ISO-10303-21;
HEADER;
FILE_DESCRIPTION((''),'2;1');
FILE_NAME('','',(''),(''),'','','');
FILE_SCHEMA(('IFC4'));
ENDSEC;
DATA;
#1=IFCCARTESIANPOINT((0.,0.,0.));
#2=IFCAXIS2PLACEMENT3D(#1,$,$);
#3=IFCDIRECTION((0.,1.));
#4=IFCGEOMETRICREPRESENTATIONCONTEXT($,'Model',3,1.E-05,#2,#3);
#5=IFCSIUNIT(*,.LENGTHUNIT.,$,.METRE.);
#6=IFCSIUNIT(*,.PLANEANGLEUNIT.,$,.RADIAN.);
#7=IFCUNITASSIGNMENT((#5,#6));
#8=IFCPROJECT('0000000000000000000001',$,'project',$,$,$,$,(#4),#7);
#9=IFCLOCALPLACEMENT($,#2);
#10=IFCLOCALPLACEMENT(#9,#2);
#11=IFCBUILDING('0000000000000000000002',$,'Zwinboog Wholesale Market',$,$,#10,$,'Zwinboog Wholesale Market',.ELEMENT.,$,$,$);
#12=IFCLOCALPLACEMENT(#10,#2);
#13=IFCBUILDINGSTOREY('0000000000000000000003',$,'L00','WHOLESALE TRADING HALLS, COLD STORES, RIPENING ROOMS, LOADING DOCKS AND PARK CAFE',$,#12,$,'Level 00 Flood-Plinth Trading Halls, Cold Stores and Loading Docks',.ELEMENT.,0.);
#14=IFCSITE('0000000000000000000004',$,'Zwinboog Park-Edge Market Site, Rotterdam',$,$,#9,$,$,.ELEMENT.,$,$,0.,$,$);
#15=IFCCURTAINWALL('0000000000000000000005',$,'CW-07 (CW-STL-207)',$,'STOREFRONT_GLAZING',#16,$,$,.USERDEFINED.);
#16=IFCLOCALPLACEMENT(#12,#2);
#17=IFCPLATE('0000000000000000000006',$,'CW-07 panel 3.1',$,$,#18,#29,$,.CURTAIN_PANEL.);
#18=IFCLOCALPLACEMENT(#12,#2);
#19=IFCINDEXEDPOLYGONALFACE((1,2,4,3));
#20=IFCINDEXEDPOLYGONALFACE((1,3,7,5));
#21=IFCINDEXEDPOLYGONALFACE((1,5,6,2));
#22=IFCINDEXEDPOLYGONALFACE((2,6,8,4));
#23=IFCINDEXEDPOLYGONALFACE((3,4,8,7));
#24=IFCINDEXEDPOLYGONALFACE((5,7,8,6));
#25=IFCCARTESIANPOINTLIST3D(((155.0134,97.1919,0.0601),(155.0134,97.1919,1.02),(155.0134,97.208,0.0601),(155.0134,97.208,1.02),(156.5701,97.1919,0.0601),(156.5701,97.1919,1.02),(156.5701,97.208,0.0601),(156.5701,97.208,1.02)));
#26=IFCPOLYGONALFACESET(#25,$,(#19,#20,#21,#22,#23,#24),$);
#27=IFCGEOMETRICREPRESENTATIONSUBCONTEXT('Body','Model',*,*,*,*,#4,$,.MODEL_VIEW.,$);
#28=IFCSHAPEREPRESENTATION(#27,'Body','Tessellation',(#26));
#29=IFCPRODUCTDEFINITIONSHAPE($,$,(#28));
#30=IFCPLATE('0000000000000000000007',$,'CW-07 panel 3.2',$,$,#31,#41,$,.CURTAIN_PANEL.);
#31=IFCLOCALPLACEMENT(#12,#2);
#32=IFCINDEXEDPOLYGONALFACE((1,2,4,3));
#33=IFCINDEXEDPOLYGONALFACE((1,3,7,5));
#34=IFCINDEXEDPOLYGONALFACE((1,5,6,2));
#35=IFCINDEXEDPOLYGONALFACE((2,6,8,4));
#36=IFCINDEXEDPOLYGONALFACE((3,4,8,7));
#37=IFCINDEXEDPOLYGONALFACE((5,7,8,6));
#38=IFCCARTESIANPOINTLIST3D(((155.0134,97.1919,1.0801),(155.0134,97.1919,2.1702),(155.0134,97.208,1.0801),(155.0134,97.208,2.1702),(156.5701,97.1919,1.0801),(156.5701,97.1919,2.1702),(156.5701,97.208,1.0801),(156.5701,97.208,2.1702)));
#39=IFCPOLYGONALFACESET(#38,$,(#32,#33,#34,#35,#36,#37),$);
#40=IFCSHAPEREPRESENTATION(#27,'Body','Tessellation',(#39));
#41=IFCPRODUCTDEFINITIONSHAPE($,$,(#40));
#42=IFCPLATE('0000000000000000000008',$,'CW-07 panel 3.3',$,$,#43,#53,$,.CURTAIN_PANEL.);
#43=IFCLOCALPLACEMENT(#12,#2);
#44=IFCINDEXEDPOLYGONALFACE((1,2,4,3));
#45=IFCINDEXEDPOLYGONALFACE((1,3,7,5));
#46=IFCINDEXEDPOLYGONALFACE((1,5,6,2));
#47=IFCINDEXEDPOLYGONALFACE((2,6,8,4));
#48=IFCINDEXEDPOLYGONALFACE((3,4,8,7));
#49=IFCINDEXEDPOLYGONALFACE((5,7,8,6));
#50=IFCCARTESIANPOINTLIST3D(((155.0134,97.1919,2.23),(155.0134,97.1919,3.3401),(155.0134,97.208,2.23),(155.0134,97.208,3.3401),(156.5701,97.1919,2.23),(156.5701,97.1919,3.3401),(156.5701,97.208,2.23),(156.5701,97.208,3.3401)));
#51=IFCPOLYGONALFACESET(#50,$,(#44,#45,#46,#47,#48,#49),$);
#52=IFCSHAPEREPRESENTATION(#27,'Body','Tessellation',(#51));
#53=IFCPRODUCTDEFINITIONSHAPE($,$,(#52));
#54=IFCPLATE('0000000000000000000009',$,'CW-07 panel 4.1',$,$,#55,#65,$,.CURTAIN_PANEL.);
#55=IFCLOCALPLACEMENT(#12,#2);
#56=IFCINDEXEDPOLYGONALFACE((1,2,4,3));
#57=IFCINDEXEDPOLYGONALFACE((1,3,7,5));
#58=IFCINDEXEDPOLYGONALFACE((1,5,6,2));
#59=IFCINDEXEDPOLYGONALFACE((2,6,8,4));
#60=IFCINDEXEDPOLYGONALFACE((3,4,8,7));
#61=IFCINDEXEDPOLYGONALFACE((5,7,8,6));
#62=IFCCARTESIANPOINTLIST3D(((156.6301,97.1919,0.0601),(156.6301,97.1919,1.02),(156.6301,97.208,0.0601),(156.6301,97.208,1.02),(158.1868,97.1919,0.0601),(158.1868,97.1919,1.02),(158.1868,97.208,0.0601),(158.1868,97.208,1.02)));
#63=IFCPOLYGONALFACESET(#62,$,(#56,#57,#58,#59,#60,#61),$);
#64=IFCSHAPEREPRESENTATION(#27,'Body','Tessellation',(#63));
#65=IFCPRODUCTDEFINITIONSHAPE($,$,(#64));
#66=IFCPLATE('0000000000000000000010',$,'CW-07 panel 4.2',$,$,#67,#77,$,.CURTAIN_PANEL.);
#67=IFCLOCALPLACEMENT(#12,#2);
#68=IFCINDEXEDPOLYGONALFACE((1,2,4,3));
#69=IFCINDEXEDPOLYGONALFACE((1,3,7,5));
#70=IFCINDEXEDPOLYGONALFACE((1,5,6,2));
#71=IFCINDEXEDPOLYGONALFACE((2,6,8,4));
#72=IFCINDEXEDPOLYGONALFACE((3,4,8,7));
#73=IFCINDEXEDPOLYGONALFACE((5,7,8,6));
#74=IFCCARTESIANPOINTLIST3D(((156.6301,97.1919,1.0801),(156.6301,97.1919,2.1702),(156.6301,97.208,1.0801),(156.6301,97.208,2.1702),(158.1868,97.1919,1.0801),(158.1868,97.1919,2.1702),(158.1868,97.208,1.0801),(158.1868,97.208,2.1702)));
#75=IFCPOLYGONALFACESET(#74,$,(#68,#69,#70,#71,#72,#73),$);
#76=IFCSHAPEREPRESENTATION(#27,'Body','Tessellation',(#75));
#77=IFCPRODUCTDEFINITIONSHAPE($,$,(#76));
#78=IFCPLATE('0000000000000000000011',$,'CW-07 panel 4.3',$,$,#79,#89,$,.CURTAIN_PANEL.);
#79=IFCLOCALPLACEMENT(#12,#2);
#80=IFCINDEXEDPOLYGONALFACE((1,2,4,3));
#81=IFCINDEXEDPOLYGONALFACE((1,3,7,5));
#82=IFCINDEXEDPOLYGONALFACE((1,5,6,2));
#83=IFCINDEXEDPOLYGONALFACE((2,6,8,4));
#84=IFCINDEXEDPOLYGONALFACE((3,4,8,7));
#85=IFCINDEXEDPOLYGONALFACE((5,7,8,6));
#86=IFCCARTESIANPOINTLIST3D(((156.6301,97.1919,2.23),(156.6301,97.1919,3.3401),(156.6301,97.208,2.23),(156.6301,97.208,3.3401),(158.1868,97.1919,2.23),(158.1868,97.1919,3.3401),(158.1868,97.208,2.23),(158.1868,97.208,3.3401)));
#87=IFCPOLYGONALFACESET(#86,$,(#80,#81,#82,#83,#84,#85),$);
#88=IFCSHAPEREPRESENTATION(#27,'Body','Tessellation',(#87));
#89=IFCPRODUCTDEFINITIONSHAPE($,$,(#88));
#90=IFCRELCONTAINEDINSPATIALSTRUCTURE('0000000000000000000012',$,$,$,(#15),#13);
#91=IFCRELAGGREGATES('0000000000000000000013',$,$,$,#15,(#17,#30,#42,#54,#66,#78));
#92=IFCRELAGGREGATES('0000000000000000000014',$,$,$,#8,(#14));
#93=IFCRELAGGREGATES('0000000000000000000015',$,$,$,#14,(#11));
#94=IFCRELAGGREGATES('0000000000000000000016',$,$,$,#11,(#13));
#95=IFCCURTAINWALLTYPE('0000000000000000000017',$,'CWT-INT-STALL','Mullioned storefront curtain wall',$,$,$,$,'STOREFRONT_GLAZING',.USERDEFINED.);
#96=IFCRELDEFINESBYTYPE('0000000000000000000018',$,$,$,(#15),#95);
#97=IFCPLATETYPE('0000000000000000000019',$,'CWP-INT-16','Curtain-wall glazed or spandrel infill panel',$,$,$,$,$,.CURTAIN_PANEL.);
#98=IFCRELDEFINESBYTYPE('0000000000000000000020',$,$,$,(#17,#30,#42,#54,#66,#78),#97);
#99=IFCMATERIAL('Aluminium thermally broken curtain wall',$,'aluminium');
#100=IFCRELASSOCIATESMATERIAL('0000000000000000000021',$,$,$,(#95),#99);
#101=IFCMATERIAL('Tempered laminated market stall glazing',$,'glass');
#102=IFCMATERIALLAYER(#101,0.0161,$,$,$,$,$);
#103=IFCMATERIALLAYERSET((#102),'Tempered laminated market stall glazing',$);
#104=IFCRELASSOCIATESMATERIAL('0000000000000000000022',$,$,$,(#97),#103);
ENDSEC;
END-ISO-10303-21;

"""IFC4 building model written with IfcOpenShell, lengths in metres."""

from ifc_helpers import new_model, si_unit, direction, frame, origin, origin_2d, place, context, subcontext, project, spatial, rectangle, extrude, material, layer, layer_set, type_object, element, aggregate, save


model = new_model("IFC4")

# Units and contexts
model_context = context("Model", 3, precision=1e-05, world=origin(), true_north=direction((0.0, 1.0)))
body_context = subcontext(model_context, "Body", "Model", "MODEL_VIEW")
ifc_project = project(units=[si_unit("LENGTHUNIT", "METRE"), si_unit("PLANEANGLEUNIT", "RADIAN")], contexts=[model_context])

# Site, building, storey
site_placement = place(None, origin())
site = spatial("IfcSite", under=ifc_project, at=site_placement, Name="Zwinboog Park-Edge Market Site, Rotterdam", CompositionType="ELEMENT", RefElevation=0.0)
building_placement = place(site_placement, origin())
building = spatial("IfcBuilding", under=site, at=building_placement, Name="Zwinboog Wholesale Market", LongName="Zwinboog Wholesale Market", CompositionType="ELEMENT")
storey_placement = place(building_placement, origin())
storey = spatial("IfcBuildingStorey", under=building, at=storey_placement, Name="L00", Description="WHOLESALE TRADING HALLS, COLD STORES, RIPENING ROOMS, LOADING DOCKS AND PARK CAFE", LongName="Level 00 Flood-Plinth Trading Halls, Cold Stores and Loading Docks", CompositionType="ELEMENT", Elevation=0.0)

# Curtain wall, plates
ifc_material_1 = material(Name="Aluminium thermally broken curtain wall", Category="aluminium")
curtain_wall_type = type_object("IfcCurtainWallType", Name="CWT-INT-STALL", Description="Mullioned storefront curtain wall", ElementType="STOREFRONT_GLAZING", PredefinedType="USERDEFINED", material=ifc_material_1)
curtain_wall_placement = place(storey_placement, origin())
curtain_wall = element("IfcCurtainWall", 1, at=curtain_wall_placement, inside=storey, type_object=curtain_wall_type, Name="CW-07 (CW-STL-207)", ObjectType="STOREFRONT_GLAZING", PredefinedType="USERDEFINED")
ifc_material_2 = material(Name="Tempered laminated market stall glazing", Category="glass")
ifc_layer = layer(ifc_material_2, 0.0161)
ifc_layer_set = layer_set([ifc_layer], Name="Tempered laminated market stall glazing")
plate_type = type_object("IfcPlateType", Name="CWP-INT-16", Description="Curtain-wall glazed or spandrel infill panel", PredefinedType="CURTAIN_PANEL", material=ifc_layer_set)
plate_1_placement = place(storey_placement, frame((155.7917, 97.2, 0.0601), z_axis=(0.0, 0.0, 1.0), x_axis=(1.0, 0.0, 0.0)))
plate_1 = element("IfcPlate", 2, at=plate_1_placement, type_object=plate_type, Name="CW-07 panel 3.1", PredefinedType="CURTAIN_PANEL", context=body_context, shape_type="SweptSolid", body=[
    extrude(rectangle(XDim=1.5566, YDim=0.0161, at=origin_2d()), origin(), (0.0, 0.0, 1.0), 0.96),
])
plate_2_placement = place(storey_placement, frame((155.7917, 97.2, 1.0801), z_axis=(0.0, 0.0, 1.0), x_axis=(1.0, 0.0, 0.0)))
plate_2 = element("IfcPlate", 3, at=plate_2_placement, type_object=plate_type, Name="CW-07 panel 3.2", PredefinedType="CURTAIN_PANEL", context=body_context, shape_type="SweptSolid", body=[
    extrude(rectangle(XDim=1.5566, YDim=0.0161, at=origin_2d()), origin(), (0.0, 0.0, 1.0), 1.0901),
])
plate_3_placement = place(storey_placement, frame((155.7917, 97.2, 2.23), z_axis=(0.0, 0.0, 1.0), x_axis=(1.0, 0.0, 0.0)))
plate_3 = element("IfcPlate", 4, at=plate_3_placement, type_object=plate_type, Name="CW-07 panel 3.3", PredefinedType="CURTAIN_PANEL", context=body_context, shape_type="SweptSolid", body=[
    extrude(rectangle(XDim=1.5566, YDim=0.0161, at=origin_2d()), origin(), (0.0, 0.0, 1.0), 1.1101),
])
plate_4_placement = place(storey_placement, frame((157.4084, 97.2, 0.0601), z_axis=(0.0, 0.0, 1.0), x_axis=(1.0, 0.0, 0.0)))
plate_4 = element("IfcPlate", 5, at=plate_4_placement, type_object=plate_type, Name="CW-07 panel 4.1", PredefinedType="CURTAIN_PANEL", context=body_context, shape_type="SweptSolid", body=[
    extrude(rectangle(XDim=1.5566, YDim=0.0161, at=origin_2d()), origin(), (0.0, 0.0, 1.0), 0.96),
])
plate_5_placement = place(storey_placement, frame((157.4084, 97.2, 1.0801), z_axis=(0.0, 0.0, 1.0), x_axis=(1.0, 0.0, 0.0)))
plate_5 = element("IfcPlate", 6, at=plate_5_placement, type_object=plate_type, Name="CW-07 panel 4.2", PredefinedType="CURTAIN_PANEL", context=body_context, shape_type="SweptSolid", body=[
    extrude(rectangle(XDim=1.5566, YDim=0.0161, at=origin_2d()), origin(), (0.0, 0.0, 1.0), 1.0901),
])
plate_6_placement = place(storey_placement, frame((157.4084, 97.2, 2.23), z_axis=(0.0, 0.0, 1.0), x_axis=(1.0, 0.0, 0.0)))
plate_6 = element("IfcPlate", 7, at=plate_6_placement, type_object=plate_type, Name="CW-07 panel 4.3", PredefinedType="CURTAIN_PANEL", context=body_context, shape_type="SweptSolid", body=[
    extrude(rectangle(XDim=1.5566, YDim=0.0161, at=origin_2d()), origin(), (0.0, 0.0, 1.0), 1.1101),
])
aggregate(curtain_wall, [plate_1, plate_2, plate_3, plate_4, plate_5, plate_6])

save(model, "model.ifc")
